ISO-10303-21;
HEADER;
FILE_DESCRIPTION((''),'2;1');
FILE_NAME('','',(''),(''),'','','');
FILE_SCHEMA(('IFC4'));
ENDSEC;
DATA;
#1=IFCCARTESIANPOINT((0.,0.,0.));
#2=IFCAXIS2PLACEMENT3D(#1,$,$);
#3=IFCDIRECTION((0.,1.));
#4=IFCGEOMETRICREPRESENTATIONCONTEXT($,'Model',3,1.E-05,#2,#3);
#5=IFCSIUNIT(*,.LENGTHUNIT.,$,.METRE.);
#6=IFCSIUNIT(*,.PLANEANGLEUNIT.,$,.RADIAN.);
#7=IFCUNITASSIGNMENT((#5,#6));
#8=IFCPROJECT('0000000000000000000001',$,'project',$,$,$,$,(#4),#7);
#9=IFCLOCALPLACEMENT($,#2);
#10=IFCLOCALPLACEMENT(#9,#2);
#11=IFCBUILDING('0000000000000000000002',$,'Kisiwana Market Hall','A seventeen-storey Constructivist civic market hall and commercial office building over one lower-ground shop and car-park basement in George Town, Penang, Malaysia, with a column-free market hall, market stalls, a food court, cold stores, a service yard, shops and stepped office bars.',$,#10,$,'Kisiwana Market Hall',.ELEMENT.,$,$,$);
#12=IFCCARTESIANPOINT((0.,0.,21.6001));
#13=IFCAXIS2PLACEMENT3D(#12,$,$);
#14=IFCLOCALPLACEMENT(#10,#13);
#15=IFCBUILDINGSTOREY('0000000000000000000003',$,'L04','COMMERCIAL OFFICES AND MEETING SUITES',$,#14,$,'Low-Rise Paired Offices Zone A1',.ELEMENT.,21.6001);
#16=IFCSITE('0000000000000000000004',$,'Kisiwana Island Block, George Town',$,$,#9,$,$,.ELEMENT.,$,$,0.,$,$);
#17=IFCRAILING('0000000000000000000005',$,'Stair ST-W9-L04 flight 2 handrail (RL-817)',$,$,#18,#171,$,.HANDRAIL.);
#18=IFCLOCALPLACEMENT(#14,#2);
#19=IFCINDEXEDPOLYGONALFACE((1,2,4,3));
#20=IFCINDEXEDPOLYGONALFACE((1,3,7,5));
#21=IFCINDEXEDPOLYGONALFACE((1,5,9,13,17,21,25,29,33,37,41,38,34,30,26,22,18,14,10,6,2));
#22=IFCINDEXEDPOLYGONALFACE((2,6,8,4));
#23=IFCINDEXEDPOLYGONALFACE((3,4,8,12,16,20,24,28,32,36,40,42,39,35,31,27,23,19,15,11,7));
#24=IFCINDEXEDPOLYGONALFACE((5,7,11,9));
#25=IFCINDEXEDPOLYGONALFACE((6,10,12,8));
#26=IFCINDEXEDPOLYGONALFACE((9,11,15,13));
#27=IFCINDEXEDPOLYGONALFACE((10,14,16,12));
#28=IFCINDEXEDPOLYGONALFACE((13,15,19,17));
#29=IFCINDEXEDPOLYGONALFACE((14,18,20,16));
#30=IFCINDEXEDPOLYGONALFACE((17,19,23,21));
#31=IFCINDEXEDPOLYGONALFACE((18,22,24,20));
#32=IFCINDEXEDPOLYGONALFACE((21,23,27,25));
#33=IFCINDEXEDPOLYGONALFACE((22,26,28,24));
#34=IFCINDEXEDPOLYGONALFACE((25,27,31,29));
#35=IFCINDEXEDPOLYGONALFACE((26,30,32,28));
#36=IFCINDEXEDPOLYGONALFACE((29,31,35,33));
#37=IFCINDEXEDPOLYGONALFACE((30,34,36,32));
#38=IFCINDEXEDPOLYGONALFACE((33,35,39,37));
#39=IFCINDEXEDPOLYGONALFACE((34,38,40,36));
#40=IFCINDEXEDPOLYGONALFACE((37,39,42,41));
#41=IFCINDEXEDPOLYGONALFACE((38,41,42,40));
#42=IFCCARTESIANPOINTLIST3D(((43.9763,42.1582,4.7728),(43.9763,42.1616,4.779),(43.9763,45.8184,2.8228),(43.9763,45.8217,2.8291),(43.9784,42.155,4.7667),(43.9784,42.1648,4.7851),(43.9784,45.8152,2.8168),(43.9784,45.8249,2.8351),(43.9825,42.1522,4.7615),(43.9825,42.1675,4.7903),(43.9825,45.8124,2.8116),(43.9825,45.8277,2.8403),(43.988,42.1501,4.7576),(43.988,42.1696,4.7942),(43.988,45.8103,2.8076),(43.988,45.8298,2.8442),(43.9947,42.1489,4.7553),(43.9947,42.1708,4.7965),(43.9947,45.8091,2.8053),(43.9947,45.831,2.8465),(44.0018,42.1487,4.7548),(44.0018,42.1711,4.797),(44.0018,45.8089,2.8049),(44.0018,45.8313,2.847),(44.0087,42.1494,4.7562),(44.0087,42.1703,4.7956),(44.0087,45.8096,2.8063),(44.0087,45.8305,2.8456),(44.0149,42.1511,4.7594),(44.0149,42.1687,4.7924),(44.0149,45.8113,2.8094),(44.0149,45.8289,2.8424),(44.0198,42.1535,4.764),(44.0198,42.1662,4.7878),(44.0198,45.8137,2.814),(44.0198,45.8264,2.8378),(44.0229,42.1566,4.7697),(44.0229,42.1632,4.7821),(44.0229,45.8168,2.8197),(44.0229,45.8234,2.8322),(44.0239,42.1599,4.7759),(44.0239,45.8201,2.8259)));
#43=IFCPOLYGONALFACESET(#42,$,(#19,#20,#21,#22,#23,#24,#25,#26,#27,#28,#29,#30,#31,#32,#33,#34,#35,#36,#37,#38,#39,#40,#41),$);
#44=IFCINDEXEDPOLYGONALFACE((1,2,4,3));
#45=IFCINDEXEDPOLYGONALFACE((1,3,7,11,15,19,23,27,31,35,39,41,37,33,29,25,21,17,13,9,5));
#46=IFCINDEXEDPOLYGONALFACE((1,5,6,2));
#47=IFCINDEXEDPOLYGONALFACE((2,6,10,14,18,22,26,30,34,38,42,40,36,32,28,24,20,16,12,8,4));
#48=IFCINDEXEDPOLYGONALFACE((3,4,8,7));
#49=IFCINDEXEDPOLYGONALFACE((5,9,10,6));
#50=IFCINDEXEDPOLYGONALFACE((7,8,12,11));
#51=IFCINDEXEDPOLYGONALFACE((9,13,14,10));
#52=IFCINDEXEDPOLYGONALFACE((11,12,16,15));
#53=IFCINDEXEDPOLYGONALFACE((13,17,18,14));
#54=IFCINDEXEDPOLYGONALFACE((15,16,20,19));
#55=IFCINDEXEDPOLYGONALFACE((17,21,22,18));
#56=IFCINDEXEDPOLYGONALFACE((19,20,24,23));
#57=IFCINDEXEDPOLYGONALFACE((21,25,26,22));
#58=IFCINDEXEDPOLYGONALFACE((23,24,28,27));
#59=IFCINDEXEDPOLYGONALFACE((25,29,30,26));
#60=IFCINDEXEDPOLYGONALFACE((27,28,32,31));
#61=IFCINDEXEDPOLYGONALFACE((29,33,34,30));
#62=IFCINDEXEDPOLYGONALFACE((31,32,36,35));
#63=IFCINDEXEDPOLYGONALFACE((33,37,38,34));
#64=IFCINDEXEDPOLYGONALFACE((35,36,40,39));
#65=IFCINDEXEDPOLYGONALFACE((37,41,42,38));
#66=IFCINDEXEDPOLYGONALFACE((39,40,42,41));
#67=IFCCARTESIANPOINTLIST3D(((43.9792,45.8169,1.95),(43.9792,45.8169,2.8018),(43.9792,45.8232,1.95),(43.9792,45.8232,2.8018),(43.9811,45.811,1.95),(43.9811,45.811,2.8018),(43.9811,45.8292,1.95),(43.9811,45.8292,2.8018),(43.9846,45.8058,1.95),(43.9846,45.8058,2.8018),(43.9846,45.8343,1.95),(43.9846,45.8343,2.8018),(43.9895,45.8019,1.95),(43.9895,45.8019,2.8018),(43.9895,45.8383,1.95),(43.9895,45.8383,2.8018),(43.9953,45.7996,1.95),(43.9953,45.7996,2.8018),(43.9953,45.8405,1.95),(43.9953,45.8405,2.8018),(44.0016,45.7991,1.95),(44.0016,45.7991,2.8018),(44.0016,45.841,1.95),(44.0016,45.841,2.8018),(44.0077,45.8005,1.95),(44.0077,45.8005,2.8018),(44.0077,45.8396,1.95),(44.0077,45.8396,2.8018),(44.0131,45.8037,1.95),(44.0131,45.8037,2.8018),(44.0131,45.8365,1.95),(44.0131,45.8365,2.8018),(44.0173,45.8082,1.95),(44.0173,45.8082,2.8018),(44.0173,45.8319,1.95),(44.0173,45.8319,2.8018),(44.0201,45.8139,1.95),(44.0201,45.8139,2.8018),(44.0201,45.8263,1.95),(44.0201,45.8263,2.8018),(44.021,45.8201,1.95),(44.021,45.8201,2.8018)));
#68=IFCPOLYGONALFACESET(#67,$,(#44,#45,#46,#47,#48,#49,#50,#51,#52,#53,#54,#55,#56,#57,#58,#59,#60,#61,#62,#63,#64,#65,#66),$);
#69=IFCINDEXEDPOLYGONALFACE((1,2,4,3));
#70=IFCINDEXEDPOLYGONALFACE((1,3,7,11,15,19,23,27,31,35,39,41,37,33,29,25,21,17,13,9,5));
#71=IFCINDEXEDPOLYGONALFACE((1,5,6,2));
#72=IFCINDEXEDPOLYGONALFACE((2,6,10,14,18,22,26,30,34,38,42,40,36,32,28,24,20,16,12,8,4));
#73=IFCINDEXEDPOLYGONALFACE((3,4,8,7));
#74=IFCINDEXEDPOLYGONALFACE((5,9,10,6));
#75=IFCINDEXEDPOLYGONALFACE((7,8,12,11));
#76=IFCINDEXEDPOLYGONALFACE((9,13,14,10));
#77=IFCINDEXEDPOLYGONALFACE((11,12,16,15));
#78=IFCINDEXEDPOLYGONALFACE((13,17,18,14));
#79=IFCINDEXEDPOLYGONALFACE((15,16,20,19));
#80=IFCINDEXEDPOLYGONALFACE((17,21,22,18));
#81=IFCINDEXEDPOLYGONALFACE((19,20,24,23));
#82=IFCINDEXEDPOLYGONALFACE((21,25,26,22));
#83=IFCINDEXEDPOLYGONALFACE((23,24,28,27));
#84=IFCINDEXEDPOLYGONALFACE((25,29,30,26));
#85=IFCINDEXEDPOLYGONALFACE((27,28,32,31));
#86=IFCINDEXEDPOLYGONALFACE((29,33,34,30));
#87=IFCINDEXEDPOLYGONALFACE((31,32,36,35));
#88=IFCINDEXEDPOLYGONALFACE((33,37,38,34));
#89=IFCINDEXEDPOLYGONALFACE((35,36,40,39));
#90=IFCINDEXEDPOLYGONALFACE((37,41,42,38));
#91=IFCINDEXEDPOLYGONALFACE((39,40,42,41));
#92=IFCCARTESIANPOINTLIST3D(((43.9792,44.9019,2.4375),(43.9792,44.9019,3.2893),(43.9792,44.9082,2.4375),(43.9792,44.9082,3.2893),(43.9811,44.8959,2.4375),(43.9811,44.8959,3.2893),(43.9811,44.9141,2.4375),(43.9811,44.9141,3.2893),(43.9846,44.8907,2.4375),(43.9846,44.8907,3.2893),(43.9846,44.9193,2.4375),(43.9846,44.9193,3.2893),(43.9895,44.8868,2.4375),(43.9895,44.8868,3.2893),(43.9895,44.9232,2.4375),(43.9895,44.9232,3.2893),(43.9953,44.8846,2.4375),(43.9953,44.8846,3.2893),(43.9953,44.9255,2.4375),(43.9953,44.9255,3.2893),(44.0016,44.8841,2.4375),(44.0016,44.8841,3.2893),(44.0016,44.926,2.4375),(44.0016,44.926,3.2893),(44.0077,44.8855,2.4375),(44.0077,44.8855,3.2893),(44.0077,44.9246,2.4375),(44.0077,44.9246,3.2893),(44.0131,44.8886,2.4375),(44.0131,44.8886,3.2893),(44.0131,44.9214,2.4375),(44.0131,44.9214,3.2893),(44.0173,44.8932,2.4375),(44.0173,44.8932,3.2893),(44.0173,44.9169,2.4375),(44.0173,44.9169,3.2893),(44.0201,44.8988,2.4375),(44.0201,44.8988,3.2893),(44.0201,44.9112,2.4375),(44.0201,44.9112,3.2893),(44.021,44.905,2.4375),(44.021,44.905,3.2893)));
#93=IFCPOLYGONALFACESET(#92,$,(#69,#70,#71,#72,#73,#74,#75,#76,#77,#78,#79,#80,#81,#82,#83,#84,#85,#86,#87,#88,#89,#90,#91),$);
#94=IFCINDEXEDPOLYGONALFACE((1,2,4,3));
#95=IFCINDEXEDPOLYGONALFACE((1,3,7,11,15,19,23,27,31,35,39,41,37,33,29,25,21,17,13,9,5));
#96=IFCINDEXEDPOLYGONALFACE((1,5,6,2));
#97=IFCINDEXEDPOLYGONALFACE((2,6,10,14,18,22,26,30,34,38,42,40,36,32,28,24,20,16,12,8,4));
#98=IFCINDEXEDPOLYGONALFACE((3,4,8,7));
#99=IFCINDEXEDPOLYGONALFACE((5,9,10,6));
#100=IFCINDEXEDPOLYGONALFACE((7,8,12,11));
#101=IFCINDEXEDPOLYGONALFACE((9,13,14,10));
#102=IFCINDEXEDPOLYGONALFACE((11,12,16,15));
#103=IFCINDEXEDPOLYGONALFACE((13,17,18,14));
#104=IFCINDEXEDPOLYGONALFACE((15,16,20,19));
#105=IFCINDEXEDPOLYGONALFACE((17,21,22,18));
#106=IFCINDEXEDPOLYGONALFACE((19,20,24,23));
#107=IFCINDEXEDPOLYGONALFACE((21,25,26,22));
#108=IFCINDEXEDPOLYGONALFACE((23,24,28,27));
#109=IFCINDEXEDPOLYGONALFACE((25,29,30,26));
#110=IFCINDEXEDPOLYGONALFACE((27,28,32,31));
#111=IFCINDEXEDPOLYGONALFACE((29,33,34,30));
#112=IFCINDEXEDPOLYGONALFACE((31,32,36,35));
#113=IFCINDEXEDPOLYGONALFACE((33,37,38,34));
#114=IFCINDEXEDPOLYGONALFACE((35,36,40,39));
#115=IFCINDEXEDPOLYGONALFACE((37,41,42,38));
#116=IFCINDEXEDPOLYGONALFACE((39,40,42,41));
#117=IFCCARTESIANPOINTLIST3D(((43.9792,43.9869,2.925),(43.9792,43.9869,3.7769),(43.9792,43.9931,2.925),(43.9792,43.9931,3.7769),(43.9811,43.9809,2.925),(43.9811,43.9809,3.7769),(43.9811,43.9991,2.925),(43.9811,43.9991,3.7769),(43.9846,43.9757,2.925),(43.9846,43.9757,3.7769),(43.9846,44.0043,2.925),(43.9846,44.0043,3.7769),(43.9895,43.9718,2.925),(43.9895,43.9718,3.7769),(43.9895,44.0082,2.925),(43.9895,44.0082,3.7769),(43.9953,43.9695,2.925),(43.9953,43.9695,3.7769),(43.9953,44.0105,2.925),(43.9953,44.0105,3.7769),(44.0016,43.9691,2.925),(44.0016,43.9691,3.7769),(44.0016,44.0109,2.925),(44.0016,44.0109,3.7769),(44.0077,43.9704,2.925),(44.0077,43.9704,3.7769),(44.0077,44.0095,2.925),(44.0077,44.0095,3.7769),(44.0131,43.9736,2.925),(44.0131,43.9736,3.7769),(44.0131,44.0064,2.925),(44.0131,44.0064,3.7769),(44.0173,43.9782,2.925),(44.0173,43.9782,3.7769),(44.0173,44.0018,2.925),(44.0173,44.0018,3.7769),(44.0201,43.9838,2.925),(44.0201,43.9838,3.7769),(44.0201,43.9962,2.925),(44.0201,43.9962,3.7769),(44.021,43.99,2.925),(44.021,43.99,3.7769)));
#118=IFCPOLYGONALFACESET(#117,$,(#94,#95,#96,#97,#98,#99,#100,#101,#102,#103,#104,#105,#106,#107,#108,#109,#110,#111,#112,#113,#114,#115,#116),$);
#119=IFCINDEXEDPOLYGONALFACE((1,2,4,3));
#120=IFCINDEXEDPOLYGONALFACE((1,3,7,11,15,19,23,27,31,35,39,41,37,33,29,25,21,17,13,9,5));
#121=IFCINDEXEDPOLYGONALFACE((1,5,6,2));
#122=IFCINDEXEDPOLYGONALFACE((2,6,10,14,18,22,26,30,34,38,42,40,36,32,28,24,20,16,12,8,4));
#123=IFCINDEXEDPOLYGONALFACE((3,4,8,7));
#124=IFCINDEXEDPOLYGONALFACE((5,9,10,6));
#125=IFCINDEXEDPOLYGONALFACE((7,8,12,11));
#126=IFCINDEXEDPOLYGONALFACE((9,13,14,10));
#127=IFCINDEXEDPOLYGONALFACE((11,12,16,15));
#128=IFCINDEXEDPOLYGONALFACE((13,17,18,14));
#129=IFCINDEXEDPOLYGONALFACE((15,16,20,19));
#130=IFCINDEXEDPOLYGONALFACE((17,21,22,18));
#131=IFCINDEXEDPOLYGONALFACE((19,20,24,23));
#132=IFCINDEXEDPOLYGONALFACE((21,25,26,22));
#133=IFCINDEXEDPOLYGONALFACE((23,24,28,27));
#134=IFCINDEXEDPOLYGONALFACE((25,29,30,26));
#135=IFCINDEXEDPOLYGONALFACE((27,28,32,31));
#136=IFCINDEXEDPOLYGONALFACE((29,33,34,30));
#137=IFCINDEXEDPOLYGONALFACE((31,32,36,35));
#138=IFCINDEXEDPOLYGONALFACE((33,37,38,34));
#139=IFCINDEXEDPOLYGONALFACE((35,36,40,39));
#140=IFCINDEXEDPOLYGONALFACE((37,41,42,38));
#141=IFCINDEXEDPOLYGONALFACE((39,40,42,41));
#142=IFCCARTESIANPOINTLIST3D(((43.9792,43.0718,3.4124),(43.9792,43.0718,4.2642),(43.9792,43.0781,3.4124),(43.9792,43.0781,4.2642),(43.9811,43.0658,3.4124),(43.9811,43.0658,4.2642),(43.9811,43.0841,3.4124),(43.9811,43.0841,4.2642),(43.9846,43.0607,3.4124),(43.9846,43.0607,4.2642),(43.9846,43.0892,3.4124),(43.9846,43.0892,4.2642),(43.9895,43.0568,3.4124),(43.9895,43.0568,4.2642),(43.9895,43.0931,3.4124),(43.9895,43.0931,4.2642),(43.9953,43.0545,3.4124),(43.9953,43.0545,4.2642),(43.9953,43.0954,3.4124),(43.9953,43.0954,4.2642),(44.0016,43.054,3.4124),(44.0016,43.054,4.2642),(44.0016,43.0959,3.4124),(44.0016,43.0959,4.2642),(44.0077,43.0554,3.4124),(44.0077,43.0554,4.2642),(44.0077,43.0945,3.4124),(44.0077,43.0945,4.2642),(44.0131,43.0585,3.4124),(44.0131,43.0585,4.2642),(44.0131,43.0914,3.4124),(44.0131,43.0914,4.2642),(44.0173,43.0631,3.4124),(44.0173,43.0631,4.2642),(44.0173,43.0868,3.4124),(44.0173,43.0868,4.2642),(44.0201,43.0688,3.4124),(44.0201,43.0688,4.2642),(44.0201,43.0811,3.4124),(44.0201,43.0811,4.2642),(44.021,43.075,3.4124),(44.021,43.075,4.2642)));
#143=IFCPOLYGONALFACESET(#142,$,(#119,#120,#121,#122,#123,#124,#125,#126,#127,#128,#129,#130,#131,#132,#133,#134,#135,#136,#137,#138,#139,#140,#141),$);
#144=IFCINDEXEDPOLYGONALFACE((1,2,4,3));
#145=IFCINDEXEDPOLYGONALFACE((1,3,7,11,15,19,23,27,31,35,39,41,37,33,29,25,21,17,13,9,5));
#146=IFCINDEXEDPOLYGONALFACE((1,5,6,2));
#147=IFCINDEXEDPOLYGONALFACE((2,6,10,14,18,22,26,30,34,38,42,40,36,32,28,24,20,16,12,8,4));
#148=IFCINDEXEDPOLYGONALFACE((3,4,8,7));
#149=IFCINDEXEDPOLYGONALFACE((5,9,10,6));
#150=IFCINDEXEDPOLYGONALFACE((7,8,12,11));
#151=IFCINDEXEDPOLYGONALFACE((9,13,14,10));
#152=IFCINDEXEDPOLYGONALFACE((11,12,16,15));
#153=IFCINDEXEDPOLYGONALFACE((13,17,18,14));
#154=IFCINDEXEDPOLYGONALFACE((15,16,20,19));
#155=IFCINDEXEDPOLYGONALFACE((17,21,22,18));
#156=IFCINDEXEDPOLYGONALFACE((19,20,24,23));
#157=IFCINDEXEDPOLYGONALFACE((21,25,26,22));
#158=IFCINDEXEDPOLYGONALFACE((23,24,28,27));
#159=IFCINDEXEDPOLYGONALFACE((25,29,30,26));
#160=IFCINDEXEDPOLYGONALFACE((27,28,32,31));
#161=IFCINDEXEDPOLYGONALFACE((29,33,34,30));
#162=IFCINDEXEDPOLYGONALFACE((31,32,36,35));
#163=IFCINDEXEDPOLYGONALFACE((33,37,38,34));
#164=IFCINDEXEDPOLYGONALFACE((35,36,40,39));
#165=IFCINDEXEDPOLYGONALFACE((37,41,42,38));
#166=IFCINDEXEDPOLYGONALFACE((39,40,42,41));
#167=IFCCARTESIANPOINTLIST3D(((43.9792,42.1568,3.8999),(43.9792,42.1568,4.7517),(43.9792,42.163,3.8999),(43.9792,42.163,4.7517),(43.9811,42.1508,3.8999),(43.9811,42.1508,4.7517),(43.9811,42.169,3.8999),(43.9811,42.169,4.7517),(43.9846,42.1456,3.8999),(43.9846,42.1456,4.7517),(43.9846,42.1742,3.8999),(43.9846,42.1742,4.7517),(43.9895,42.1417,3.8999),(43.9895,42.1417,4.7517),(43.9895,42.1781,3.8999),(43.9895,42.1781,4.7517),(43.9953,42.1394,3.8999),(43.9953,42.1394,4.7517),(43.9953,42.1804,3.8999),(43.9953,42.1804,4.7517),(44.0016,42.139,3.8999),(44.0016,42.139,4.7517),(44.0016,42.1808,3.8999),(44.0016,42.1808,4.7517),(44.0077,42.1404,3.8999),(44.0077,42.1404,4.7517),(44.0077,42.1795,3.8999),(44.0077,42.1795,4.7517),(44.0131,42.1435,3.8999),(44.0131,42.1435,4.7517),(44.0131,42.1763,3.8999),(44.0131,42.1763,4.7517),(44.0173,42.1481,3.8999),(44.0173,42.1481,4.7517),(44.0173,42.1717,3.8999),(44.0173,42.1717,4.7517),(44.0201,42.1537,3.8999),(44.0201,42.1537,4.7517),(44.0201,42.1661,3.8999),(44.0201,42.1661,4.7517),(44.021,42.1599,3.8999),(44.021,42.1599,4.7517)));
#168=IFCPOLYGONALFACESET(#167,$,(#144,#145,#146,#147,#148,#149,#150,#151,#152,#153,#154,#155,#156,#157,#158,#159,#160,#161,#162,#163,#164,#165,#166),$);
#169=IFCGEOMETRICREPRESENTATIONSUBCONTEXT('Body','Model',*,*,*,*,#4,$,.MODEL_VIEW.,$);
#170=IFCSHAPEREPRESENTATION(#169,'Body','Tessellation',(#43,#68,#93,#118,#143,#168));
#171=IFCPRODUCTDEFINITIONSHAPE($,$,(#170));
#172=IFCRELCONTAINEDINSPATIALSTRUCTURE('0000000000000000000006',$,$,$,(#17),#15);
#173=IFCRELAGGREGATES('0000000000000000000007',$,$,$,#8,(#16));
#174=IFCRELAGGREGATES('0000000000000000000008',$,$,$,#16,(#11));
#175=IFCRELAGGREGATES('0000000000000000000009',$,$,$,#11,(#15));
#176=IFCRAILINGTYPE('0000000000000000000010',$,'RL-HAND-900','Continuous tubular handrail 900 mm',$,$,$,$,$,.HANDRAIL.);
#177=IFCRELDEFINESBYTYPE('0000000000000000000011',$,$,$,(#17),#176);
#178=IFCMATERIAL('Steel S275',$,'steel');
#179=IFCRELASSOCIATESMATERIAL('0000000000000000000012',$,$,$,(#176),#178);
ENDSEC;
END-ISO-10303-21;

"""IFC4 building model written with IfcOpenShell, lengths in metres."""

from ifc_helpers import new_model, si_unit, direction, frame, origin, origin_2d, place, context, subcontext, project, spatial, circle, extrude, material, type_object, element, save


model = new_model("IFC4")

# Units and contexts
model_context = context("Model", 3, precision=1e-05, world=origin(), true_north=direction((0.0, 1.0)))
body_context = subcontext(model_context, "Body", "Model", "MODEL_VIEW")
ifc_project = project(units=[si_unit("LENGTHUNIT", "METRE"), si_unit("PLANEANGLEUNIT", "RADIAN")], contexts=[model_context])

# Site, building, storey
site_placement = place(None, origin())
site = spatial("IfcSite", under=ifc_project, at=site_placement, Name="Kisiwana Island Block, George Town", CompositionType="ELEMENT", RefElevation=0.0)
building_placement = place(site_placement, origin())
building = spatial("IfcBuilding", under=site, at=building_placement, Name="Kisiwana Market Hall", Description="A seventeen-storey Constructivist civic market hall and commercial office building over one lower-ground shop and car-park basement in George Town, Penang, Malaysia, with a column-free market hall, market stalls, a food court, cold stores, a service yard, shops and stepped office bars.", LongName="Kisiwana Market Hall", CompositionType="ELEMENT")
storey_placement = place(building_placement, frame((0.0, 0.0, 21.6001)))
storey = spatial("IfcBuildingStorey", under=building, at=storey_placement, Name="L04", Description="COMMERCIAL OFFICES AND MEETING SUITES", LongName="Low-Rise Paired Offices Zone A1", CompositionType="ELEMENT", Elevation=21.6001)

# Railing
ifc_material_1 = material(Name="Steel S275", Category="steel")
railing_type_1 = type_object("IfcRailingType", Name="RL-HAND-900", Description="Continuous tubular handrail 900 mm", PredefinedType="HANDRAIL", material=ifc_material_1)
for number, where, name in (
    (1, (44.0, 45.8201, 1.95), "Stair ST-W9-L04 flight 2 handrail (RL-817)"),
):
    element("IfcRailing", number, at=place(storey_placement, frame(where)), inside=storey, type_object=railing_type_1, Name=name, PredefinedType="HANDRAIL", context=body_context, shape_type="SweptSolid", body=[
        extrude(circle(Radius=0.0239, at=origin_2d()), frame((0.0, 0.0, 0.876), z_axis=(0.0, -0.882566, 0.470188), x_axis=(1.0, 0.0, 0.0)), (0.0, 0.0, 1.0), 4.1472),
        extrude(circle(Radius=0.021, at=origin_2d()), origin(), (0.0, 0.0, 1.0), 0.8518),
        extrude(circle(Radius=0.021, at=origin_2d()), frame((0.0, -0.915, 0.4875)), (0.0, 0.0, 1.0), 0.8518),
        extrude(circle(Radius=0.021, at=origin_2d()), frame((0.0, -1.8301, 0.9751)), (0.0, 0.0, 1.0), 0.8518),
        extrude(circle(Radius=0.021, at=origin_2d()), frame((0.0, -2.7451, 1.4624)), (0.0, 0.0, 1.0), 0.8518),
        extrude(circle(Radius=0.021, at=origin_2d()), frame((0.0, -3.6602, 1.95)), (0.0, 0.0, 1.0), 0.8518),
    ])

save(model, "model.ifc")
